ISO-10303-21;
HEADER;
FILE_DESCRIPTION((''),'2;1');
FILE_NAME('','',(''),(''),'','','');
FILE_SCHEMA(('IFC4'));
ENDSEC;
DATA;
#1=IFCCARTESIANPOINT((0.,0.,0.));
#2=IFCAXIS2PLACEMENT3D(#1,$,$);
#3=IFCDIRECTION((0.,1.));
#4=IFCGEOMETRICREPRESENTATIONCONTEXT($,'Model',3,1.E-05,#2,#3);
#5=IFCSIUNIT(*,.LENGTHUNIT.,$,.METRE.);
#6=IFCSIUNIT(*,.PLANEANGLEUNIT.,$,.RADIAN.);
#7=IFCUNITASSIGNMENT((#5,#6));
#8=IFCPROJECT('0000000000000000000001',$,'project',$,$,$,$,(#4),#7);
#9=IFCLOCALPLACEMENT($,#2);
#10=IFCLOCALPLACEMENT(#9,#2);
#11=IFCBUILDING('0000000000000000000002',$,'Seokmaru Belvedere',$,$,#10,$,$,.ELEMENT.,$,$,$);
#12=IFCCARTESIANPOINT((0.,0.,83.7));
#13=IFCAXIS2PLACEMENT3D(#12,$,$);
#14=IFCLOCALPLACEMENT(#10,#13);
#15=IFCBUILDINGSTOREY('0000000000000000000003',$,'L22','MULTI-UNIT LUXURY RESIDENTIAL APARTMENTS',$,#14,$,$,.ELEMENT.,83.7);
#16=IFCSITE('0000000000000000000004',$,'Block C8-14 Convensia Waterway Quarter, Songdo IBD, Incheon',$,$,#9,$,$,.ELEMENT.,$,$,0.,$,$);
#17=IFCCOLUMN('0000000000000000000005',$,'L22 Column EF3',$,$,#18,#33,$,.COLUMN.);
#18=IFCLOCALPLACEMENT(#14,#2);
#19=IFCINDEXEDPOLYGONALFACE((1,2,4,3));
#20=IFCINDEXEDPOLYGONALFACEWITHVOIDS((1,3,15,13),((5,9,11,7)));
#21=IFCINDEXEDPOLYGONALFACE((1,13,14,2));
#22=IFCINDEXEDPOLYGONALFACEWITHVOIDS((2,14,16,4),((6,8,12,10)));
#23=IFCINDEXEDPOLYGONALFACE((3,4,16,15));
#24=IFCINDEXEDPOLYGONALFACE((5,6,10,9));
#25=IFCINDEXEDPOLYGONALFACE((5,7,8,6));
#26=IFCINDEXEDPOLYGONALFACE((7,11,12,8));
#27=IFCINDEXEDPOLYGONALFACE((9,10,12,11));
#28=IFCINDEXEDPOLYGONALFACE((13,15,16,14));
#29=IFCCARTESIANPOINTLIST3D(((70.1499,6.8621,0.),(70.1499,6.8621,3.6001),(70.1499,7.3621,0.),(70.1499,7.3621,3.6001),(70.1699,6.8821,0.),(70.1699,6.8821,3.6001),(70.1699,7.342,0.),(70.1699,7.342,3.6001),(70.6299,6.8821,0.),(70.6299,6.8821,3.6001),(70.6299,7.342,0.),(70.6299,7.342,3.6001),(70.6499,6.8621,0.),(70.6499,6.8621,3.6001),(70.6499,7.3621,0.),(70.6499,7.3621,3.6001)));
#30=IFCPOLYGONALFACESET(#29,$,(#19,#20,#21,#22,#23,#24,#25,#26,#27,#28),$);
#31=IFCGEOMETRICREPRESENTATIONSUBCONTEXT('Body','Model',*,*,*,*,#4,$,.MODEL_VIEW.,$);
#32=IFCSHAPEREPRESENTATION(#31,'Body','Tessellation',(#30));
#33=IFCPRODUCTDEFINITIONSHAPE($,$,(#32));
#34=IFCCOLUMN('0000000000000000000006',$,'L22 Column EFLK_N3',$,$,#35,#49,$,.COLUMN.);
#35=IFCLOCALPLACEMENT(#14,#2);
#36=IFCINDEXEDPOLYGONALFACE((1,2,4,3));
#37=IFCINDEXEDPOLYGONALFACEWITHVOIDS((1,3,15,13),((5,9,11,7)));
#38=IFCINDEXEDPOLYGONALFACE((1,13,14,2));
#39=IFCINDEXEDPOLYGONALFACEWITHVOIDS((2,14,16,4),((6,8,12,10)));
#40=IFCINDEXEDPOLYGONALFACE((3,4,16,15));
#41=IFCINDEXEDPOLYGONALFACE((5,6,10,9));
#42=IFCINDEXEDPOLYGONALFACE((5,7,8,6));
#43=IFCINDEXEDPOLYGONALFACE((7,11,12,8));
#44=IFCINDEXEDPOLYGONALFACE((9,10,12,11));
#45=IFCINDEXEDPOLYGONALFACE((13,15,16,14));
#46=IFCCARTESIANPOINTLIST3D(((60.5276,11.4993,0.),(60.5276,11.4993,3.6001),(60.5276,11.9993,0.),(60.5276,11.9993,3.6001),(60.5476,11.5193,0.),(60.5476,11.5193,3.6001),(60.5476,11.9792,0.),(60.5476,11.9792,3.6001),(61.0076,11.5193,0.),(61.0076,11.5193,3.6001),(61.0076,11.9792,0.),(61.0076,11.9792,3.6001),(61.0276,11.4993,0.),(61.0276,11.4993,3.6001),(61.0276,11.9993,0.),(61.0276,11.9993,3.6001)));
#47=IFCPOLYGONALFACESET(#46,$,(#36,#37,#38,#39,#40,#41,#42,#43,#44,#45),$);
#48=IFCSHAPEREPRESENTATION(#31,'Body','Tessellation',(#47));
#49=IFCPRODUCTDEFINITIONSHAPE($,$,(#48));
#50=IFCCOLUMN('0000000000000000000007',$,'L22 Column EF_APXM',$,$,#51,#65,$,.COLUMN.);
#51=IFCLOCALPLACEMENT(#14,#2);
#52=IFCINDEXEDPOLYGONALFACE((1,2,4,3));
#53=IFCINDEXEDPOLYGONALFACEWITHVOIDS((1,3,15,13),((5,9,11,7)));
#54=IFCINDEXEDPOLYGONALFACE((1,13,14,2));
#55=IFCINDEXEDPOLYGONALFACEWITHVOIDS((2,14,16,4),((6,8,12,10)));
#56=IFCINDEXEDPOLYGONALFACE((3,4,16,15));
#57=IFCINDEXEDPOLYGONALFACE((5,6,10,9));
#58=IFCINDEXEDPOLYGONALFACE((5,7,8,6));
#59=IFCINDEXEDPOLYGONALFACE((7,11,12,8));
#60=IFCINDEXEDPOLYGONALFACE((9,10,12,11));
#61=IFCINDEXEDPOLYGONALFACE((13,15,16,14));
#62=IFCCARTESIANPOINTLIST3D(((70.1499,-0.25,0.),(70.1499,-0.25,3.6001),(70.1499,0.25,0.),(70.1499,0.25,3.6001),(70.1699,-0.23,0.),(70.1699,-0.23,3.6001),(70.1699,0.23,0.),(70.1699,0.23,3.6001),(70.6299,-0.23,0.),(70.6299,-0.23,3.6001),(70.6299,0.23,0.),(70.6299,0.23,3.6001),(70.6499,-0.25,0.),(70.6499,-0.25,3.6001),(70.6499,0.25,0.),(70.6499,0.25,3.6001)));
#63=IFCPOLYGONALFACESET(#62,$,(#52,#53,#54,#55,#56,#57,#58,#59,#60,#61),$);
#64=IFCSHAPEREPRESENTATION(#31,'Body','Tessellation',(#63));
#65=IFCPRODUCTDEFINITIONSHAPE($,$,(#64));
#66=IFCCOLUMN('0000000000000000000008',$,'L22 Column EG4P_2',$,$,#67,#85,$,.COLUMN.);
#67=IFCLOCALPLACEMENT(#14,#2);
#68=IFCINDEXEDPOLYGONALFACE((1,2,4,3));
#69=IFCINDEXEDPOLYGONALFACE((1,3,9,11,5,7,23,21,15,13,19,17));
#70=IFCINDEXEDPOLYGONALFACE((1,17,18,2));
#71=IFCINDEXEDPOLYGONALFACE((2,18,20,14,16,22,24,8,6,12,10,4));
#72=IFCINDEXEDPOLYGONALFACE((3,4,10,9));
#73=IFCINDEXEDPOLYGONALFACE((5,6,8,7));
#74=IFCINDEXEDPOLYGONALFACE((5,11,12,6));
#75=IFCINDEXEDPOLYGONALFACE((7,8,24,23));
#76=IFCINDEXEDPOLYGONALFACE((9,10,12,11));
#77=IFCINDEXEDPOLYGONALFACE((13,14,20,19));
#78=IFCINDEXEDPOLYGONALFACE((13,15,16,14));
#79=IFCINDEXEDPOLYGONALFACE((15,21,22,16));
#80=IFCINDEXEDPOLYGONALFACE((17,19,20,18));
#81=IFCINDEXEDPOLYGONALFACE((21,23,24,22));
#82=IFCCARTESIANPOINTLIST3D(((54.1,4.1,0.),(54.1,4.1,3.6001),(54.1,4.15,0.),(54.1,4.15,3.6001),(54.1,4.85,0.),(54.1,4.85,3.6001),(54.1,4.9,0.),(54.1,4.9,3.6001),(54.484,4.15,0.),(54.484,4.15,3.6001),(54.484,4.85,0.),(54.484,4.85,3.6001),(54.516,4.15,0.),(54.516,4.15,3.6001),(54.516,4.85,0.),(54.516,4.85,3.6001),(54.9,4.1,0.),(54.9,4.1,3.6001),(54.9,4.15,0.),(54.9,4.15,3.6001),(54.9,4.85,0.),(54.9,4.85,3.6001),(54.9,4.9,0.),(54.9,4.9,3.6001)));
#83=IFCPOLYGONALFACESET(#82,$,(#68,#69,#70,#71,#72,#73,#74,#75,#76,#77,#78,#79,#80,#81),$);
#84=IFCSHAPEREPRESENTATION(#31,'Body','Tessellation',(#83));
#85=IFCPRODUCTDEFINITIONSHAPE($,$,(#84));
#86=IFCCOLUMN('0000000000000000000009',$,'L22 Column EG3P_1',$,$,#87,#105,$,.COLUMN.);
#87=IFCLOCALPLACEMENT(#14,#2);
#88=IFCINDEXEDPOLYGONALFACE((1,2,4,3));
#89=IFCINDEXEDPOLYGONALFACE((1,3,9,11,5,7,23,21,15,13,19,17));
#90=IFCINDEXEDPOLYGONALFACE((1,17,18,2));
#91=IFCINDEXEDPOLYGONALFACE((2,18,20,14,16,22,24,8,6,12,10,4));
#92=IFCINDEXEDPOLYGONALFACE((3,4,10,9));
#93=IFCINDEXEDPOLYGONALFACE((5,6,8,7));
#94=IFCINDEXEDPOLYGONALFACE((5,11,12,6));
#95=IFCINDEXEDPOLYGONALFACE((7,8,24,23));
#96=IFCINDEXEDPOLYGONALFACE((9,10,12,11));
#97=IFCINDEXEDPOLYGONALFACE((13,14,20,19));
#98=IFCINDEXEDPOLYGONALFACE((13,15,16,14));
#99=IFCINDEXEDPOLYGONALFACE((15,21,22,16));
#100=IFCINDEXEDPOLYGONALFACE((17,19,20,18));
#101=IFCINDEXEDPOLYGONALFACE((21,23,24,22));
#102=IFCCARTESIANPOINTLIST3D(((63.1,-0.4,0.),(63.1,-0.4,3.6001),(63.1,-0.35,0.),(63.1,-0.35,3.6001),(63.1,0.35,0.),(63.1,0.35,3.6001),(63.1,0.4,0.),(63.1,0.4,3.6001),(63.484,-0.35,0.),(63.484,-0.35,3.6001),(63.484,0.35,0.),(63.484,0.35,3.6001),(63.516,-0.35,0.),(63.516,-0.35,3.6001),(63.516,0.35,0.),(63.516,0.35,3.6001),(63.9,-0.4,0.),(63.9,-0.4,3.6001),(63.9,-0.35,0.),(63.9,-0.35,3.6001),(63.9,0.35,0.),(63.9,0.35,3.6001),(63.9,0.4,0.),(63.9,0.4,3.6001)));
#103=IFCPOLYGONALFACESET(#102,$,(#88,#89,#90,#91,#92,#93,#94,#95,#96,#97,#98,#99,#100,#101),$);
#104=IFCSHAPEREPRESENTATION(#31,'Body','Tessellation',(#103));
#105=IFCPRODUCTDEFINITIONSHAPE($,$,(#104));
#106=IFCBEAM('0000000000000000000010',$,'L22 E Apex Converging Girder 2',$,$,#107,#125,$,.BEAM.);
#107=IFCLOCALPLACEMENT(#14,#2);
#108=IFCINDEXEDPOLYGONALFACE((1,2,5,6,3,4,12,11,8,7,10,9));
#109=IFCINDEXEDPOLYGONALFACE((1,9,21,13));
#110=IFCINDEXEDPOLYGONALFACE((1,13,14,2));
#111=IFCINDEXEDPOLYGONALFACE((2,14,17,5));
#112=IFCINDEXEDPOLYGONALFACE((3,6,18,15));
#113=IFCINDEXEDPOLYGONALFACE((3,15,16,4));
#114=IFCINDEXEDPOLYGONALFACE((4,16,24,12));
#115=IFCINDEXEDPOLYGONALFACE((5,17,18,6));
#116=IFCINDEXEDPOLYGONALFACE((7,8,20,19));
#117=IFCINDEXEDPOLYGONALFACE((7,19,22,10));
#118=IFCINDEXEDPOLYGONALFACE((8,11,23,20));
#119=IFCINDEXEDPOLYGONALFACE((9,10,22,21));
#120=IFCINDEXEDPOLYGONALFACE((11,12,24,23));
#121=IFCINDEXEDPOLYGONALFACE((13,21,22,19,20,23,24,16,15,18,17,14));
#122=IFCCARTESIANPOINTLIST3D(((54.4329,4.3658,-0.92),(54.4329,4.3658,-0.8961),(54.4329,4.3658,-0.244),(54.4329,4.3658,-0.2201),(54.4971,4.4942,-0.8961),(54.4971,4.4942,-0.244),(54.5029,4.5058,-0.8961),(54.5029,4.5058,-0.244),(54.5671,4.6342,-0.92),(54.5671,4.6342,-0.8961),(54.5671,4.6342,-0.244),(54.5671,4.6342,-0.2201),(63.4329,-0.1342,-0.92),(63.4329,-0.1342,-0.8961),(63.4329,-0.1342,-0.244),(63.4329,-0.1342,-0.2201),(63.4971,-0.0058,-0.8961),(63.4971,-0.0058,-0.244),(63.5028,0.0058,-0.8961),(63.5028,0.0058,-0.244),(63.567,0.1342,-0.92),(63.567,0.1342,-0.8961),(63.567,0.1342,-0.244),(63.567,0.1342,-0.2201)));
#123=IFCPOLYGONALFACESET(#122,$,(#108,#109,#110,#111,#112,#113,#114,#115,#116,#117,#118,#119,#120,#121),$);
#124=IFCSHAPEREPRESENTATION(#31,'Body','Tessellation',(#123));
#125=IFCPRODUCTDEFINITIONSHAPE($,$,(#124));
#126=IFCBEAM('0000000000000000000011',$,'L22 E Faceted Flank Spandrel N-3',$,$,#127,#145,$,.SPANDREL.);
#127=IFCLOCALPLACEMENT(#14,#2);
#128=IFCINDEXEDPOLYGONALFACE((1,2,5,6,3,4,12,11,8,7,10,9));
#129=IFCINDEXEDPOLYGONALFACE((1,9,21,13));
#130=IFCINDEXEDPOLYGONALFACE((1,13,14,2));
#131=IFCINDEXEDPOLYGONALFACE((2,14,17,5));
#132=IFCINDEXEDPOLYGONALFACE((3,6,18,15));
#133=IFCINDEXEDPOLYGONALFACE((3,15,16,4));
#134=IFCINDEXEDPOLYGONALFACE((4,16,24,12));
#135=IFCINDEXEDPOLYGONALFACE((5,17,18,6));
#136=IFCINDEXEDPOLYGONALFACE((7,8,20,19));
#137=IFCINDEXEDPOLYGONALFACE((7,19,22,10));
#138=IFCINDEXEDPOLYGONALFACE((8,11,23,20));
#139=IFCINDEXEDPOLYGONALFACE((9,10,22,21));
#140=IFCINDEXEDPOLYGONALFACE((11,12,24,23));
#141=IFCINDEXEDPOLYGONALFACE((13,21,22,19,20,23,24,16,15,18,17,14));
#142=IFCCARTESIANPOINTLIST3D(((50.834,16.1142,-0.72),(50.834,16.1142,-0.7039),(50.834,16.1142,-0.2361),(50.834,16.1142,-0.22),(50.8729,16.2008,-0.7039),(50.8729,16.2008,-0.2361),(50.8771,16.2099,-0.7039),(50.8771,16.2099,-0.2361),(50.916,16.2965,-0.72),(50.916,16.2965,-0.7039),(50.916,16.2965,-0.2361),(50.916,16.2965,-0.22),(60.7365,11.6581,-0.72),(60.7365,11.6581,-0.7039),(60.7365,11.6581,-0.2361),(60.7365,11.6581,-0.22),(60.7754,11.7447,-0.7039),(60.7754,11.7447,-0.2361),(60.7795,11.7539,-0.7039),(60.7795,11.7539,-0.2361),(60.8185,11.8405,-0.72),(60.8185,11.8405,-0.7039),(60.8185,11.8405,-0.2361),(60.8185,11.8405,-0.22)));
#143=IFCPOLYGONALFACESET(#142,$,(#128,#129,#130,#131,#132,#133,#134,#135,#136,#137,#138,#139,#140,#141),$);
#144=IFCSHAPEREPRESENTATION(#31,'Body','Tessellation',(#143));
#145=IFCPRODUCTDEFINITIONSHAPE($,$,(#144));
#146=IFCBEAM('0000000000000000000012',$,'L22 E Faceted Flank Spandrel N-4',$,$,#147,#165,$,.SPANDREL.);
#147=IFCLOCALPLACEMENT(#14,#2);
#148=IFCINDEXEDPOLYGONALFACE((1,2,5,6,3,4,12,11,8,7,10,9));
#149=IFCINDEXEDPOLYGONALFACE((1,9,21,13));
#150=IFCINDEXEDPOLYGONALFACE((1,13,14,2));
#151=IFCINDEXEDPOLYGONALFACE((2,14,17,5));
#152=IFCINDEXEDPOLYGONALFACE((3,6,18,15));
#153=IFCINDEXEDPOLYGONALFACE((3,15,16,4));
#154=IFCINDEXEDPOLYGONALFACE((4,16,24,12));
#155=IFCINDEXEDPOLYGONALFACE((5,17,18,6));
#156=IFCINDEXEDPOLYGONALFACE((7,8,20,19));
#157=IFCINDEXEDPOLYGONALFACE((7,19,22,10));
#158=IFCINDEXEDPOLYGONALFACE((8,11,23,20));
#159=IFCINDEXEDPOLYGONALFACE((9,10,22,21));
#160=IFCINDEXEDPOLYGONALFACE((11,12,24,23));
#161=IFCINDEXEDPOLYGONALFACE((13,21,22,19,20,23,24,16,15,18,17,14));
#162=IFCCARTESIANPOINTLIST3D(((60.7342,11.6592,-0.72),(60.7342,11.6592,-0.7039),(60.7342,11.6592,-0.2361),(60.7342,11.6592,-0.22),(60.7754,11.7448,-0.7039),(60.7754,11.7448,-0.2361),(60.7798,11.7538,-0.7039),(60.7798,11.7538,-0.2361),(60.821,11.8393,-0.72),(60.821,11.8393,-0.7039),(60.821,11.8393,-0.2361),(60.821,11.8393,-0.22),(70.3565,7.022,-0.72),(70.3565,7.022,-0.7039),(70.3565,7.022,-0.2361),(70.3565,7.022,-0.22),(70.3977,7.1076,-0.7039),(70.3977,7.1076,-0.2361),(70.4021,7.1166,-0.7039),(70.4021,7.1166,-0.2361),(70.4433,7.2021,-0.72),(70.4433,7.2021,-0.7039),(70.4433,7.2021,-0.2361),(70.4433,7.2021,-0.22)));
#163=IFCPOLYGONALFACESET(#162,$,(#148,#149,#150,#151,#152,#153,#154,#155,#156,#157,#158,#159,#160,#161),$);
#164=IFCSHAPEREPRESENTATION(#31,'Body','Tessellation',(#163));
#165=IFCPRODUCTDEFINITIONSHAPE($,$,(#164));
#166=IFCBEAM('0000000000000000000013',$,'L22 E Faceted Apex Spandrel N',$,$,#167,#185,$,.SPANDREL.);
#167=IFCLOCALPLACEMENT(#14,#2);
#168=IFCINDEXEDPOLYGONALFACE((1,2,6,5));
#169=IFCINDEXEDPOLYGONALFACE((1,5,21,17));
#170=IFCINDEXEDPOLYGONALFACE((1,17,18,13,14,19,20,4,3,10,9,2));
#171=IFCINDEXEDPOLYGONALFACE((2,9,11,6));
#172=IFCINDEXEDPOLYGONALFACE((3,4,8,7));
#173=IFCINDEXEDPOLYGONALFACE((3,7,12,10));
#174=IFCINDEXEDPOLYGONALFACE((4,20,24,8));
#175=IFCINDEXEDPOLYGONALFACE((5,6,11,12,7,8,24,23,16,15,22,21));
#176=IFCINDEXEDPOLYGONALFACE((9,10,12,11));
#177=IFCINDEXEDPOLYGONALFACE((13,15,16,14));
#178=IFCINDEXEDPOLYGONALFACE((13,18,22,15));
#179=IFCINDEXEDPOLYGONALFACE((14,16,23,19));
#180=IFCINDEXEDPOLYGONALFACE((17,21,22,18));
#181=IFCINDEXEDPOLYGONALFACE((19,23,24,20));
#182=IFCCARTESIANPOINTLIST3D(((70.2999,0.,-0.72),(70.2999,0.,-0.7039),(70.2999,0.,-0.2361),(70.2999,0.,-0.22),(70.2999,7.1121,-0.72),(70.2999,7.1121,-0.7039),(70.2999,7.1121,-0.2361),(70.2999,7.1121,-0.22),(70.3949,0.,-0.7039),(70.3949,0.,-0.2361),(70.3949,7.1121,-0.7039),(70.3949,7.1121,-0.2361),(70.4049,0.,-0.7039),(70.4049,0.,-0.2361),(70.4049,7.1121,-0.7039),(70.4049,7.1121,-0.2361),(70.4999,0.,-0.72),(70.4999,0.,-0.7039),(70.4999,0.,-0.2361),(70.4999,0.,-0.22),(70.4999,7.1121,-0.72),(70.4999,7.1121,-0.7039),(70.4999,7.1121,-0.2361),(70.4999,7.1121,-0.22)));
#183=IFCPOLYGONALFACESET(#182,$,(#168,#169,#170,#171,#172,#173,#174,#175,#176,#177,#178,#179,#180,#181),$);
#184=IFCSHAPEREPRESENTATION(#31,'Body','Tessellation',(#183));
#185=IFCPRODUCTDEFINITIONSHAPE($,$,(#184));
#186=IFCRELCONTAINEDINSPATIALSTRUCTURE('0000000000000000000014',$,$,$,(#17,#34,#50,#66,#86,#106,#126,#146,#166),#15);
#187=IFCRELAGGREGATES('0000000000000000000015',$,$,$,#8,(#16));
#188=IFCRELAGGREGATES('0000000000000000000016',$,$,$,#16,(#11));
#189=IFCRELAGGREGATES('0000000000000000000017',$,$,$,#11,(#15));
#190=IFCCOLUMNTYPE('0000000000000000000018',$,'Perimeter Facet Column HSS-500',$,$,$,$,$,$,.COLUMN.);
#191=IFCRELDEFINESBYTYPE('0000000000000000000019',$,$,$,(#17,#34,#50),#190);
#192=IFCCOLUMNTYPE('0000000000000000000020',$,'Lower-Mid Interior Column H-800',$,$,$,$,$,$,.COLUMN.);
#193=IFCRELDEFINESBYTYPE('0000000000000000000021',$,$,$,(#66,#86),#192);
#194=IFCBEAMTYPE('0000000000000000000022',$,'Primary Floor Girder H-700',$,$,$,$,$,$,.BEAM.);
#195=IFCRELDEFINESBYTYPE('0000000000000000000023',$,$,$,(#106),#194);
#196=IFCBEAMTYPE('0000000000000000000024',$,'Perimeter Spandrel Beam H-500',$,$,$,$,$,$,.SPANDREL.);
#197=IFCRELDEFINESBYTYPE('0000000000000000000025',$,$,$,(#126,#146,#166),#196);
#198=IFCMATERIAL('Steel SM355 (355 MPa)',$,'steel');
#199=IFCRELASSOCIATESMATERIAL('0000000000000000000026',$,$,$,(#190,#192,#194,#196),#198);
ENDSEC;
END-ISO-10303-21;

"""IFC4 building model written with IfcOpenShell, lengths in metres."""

from ifc_helpers import new_model, si_unit, direction, frame, origin, origin_2d, place, context, subcontext, project, spatial, hollow_rectangle, i_section, extrude, source, transform, mapped, material, material_profile, profile_set, type_object, type_shapes, element, save


model = new_model("IFC4")

# Units and contexts
model_context = context("Model", 3, precision=1e-05, world=origin(), true_north=direction((0.0, 1.0)))
body_context = subcontext(model_context, "Body", "Model", "MODEL_VIEW")
ifc_project = project(units=[si_unit("LENGTHUNIT", "METRE"), si_unit("PLANEANGLEUNIT", "RADIAN")], contexts=[model_context])

# Site, building, storey
site_placement = place(None, origin())
site = spatial("IfcSite", under=ifc_project, at=site_placement, Name="Block C8-14 Convensia Waterway Quarter, Songdo IBD, Incheon", CompositionType="ELEMENT", RefElevation=0.0)
building_placement = place(site_placement, origin())
building = spatial("IfcBuilding", under=site, at=building_placement, Name="Seokmaru Belvedere", CompositionType="ELEMENT")
storey_placement = place(building_placement, frame((0.0, 0.0, 83.7)))
storey = spatial("IfcBuildingStorey", under=building, at=storey_placement, Name="L22", Description="MULTI-UNIT LUXURY RESIDENTIAL APARTMENTS", CompositionType="ELEMENT", Elevation=83.7)

# Columns
ifc_material_1 = material(Name="Steel SM355 (355 MPa)", Category="steel")
ifc_material_profile_1 = material_profile(ifc_material_1, hollow_rectangle(XDim=0.5, YDim=0.5, WallThickness=0.02, at=origin_2d()), Name="HSS-500x500x20")
ifc_profile_set_1 = profile_set([ifc_material_profile_1], Name="Steel SM355 (355 MPa)")
column_type_1 = type_object("IfcColumnType", Name="Perimeter Facet Column HSS-500", PredefinedType="COLUMN", material=ifc_profile_set_1)
shared_shape_1 = source(origin(), body_context, "Body", "SweptSolid", [
    extrude(hollow_rectangle(XDim=0.5, YDim=0.5, WallThickness=0.02, at=origin_2d()), origin(), (0.0, 0.0, 1.0), 3.6001),
])
type_shapes(column_type_1, [shared_shape_1])
for number, where, z_axis, x_axis, name in (
    (1, (70.3999, 7.1121, 0.0), (0.0, 0.0, 1.0), (1.0, 0.0, 0.0), "L22 Column EF3"),
    (2, (60.7776, 11.7493, 0.0), (0.0, 0.0, 1.0), (1.0, 0.0, 0.0), "L22 Column EFLK_N3"),
    (3, (70.3999, 0.0, 0.0), (0.0, 0.0, 1.0), (1.0, 0.0, 0.0), "L22 Column EF_APXM"),
):
    element("IfcColumn", number, at=place(storey_placement, frame(where, z_axis=z_axis, x_axis=x_axis)), inside=storey, type_object=column_type_1, Name=name, PredefinedType="COLUMN", context=body_context, shape_type="MappedRepresentation", body=[
        mapped(shared_shape_1, transform((0.0, 0.0, 0.0), scale=1.0)),
    ])
ifc_material_profile_2 = material_profile(ifc_material_1, i_section(OverallWidth=0.8, OverallDepth=0.8, WebThickness=0.032, FlangeThickness=0.05, at=origin_2d()), Name="H-800x800x32x50")
ifc_profile_set_2 = profile_set([ifc_material_profile_2], Name="Steel SM355 (355 MPa)")
column_type_2 = type_object("IfcColumnType", Name="Lower-Mid Interior Column H-800", PredefinedType="COLUMN", material=ifc_profile_set_2)
shared_shape_2 = source(origin(), body_context, "Body", "SweptSolid", [
    extrude(i_section(OverallWidth=0.8, OverallDepth=0.8, WebThickness=0.032, FlangeThickness=0.05, at=origin_2d()), origin(), (0.0, 0.0, 1.0), 3.6001),
])
type_shapes(column_type_2, [shared_shape_2])
for number, where, z_axis, x_axis, name in (
    (4, (54.5, 4.5, 0.0), (0.0, 0.0, 1.0), (1.0, 0.0, 0.0), "L22 Column EG4P_2"),
    (5, (63.5, 0.0, 0.0), (0.0, 0.0, 1.0), (1.0, 0.0, 0.0), "L22 Column EG3P_1"),
):
    element("IfcColumn", number, at=place(storey_placement, frame(where, z_axis=z_axis, x_axis=x_axis)), inside=storey, type_object=column_type_2, Name=name, PredefinedType="COLUMN", context=body_context, shape_type="MappedRepresentation", body=[
        mapped(shared_shape_2, transform((0.0, 0.0, 0.0), scale=1.0)),
    ])

# Beams
ifc_material_profile_3 = material_profile(ifc_material_1, i_section(OverallWidth=0.3, OverallDepth=0.7, WebThickness=0.0129, FlangeThickness=0.0239, at=origin_2d()), Name="H-700x300x13x24")
ifc_profile_set_3 = profile_set([ifc_material_profile_3], Name="Steel SM355 (355 MPa)")
beam_type_1 = type_object("IfcBeamType", Name="Primary Floor Girder H-700", PredefinedType="BEAM", material=ifc_profile_set_3)
shared_shape_3 = source(origin(), body_context, "Body", "SweptSolid", [
    extrude(i_section(OverallWidth=0.3, OverallDepth=0.7, WebThickness=0.0129, FlangeThickness=0.0239, at=origin_2d()), origin(), (0.0, 0.0, 1.0), 10.0623),
])
beam_1_placement = place(storey_placement, frame((54.5, 4.5, -0.5701), z_axis=(0.894427, -0.447214, 0.0), x_axis=(0.447214, 0.894427, 0.0)))
element("IfcBeam", 6, at=beam_1_placement, inside=storey, type_object=beam_type_1, Name="L22 E Apex Converging Girder 2", PredefinedType="BEAM", context=body_context, shape_type="MappedRepresentation", body=[
    mapped(shared_shape_3, transform((0.0, 0.0, 0.0), scale=1.0)),
])
ifc_material_profile_4 = material_profile(ifc_material_1, i_section(OverallWidth=0.2, OverallDepth=0.5, WebThickness=0.01, FlangeThickness=0.0161, at=origin_2d()), Name="H-500x200x10x16")
ifc_profile_set_4 = profile_set([ifc_material_profile_4], Name="Steel SM355 (355 MPa)")
beam_type_2 = type_object("IfcBeamType", Name="Perimeter Spandrel Beam H-500", PredefinedType="SPANDREL", material=ifc_profile_set_4)
shared_shape_4 = source(origin(), body_context, "Body", "SweptSolid", [
    extrude(i_section(OverallWidth=0.2, OverallDepth=0.5, WebThickness=0.01, FlangeThickness=0.0161, at=origin_2d()), origin(), (0.0, 0.0, 1.0), 10.8589),
])
beam_2_placement = place(storey_placement, frame((50.875, 16.2053, -0.47), z_axis=(0.911925, -0.410356, 0.0), x_axis=(0.410356, 0.911925, 0.0)))
element("IfcBeam", 7, at=beam_2_placement, inside=storey, type_object=beam_type_2, Name="L22 E Faceted Flank Spandrel N-3", PredefinedType="SPANDREL", context=body_context, shape_type="MappedRepresentation", body=[
    mapped(shared_shape_4, transform((0.0, 0.0, 0.0), scale=1.0)),
])
shared_shape_5 = source(origin(), body_context, "Body", "SweptSolid", [
    extrude(i_section(OverallWidth=0.2, OverallDepth=0.5, WebThickness=0.01, FlangeThickness=0.0161, at=origin_2d()), origin(), (0.0, 0.0, 1.0), 10.6814),
])
beam_3_placement = place(storey_placement, frame((60.7776, 11.7493, -0.47), z_axis=(0.900846, -0.434138, 0.0), x_axis=(0.434138, 0.900846, 0.0)))
element("IfcBeam", 8, at=beam_3_placement, inside=storey, type_object=beam_type_2, Name="L22 E Faceted Flank Spandrel N-4", PredefinedType="SPANDREL", context=body_context, shape_type="MappedRepresentation", body=[
    mapped(shared_shape_5, transform((0.0, 0.0, 0.0), scale=1.0)),
])
shared_shape_6 = source(origin(), body_context, "Body", "SweptSolid", [
    extrude(i_section(OverallWidth=0.2, OverallDepth=0.5, WebThickness=0.01, FlangeThickness=0.0161, at=origin_2d()), origin(), (0.0, 0.0, 1.0), 7.1121),
])
type_shapes(beam_type_2, [shared_shape_4, shared_shape_5, shared_shape_6])
beam_4_placement = place(storey_placement, frame((70.3999, 0.0, -0.47), z_axis=(0.0, 1.0, 0.0), x_axis=(-1.0, 0.0, 0.0)))
element("IfcBeam", 9, at=beam_4_placement, inside=storey, type_object=beam_type_2, Name="L22 E Faceted Apex Spandrel N", PredefinedType="SPANDREL", context=body_context, shape_type="MappedRepresentation", body=[
    mapped(shared_shape_6, transform((0.0, 0.0, 0.0), scale=1.0)),
])

save(model, "model.ifc")
